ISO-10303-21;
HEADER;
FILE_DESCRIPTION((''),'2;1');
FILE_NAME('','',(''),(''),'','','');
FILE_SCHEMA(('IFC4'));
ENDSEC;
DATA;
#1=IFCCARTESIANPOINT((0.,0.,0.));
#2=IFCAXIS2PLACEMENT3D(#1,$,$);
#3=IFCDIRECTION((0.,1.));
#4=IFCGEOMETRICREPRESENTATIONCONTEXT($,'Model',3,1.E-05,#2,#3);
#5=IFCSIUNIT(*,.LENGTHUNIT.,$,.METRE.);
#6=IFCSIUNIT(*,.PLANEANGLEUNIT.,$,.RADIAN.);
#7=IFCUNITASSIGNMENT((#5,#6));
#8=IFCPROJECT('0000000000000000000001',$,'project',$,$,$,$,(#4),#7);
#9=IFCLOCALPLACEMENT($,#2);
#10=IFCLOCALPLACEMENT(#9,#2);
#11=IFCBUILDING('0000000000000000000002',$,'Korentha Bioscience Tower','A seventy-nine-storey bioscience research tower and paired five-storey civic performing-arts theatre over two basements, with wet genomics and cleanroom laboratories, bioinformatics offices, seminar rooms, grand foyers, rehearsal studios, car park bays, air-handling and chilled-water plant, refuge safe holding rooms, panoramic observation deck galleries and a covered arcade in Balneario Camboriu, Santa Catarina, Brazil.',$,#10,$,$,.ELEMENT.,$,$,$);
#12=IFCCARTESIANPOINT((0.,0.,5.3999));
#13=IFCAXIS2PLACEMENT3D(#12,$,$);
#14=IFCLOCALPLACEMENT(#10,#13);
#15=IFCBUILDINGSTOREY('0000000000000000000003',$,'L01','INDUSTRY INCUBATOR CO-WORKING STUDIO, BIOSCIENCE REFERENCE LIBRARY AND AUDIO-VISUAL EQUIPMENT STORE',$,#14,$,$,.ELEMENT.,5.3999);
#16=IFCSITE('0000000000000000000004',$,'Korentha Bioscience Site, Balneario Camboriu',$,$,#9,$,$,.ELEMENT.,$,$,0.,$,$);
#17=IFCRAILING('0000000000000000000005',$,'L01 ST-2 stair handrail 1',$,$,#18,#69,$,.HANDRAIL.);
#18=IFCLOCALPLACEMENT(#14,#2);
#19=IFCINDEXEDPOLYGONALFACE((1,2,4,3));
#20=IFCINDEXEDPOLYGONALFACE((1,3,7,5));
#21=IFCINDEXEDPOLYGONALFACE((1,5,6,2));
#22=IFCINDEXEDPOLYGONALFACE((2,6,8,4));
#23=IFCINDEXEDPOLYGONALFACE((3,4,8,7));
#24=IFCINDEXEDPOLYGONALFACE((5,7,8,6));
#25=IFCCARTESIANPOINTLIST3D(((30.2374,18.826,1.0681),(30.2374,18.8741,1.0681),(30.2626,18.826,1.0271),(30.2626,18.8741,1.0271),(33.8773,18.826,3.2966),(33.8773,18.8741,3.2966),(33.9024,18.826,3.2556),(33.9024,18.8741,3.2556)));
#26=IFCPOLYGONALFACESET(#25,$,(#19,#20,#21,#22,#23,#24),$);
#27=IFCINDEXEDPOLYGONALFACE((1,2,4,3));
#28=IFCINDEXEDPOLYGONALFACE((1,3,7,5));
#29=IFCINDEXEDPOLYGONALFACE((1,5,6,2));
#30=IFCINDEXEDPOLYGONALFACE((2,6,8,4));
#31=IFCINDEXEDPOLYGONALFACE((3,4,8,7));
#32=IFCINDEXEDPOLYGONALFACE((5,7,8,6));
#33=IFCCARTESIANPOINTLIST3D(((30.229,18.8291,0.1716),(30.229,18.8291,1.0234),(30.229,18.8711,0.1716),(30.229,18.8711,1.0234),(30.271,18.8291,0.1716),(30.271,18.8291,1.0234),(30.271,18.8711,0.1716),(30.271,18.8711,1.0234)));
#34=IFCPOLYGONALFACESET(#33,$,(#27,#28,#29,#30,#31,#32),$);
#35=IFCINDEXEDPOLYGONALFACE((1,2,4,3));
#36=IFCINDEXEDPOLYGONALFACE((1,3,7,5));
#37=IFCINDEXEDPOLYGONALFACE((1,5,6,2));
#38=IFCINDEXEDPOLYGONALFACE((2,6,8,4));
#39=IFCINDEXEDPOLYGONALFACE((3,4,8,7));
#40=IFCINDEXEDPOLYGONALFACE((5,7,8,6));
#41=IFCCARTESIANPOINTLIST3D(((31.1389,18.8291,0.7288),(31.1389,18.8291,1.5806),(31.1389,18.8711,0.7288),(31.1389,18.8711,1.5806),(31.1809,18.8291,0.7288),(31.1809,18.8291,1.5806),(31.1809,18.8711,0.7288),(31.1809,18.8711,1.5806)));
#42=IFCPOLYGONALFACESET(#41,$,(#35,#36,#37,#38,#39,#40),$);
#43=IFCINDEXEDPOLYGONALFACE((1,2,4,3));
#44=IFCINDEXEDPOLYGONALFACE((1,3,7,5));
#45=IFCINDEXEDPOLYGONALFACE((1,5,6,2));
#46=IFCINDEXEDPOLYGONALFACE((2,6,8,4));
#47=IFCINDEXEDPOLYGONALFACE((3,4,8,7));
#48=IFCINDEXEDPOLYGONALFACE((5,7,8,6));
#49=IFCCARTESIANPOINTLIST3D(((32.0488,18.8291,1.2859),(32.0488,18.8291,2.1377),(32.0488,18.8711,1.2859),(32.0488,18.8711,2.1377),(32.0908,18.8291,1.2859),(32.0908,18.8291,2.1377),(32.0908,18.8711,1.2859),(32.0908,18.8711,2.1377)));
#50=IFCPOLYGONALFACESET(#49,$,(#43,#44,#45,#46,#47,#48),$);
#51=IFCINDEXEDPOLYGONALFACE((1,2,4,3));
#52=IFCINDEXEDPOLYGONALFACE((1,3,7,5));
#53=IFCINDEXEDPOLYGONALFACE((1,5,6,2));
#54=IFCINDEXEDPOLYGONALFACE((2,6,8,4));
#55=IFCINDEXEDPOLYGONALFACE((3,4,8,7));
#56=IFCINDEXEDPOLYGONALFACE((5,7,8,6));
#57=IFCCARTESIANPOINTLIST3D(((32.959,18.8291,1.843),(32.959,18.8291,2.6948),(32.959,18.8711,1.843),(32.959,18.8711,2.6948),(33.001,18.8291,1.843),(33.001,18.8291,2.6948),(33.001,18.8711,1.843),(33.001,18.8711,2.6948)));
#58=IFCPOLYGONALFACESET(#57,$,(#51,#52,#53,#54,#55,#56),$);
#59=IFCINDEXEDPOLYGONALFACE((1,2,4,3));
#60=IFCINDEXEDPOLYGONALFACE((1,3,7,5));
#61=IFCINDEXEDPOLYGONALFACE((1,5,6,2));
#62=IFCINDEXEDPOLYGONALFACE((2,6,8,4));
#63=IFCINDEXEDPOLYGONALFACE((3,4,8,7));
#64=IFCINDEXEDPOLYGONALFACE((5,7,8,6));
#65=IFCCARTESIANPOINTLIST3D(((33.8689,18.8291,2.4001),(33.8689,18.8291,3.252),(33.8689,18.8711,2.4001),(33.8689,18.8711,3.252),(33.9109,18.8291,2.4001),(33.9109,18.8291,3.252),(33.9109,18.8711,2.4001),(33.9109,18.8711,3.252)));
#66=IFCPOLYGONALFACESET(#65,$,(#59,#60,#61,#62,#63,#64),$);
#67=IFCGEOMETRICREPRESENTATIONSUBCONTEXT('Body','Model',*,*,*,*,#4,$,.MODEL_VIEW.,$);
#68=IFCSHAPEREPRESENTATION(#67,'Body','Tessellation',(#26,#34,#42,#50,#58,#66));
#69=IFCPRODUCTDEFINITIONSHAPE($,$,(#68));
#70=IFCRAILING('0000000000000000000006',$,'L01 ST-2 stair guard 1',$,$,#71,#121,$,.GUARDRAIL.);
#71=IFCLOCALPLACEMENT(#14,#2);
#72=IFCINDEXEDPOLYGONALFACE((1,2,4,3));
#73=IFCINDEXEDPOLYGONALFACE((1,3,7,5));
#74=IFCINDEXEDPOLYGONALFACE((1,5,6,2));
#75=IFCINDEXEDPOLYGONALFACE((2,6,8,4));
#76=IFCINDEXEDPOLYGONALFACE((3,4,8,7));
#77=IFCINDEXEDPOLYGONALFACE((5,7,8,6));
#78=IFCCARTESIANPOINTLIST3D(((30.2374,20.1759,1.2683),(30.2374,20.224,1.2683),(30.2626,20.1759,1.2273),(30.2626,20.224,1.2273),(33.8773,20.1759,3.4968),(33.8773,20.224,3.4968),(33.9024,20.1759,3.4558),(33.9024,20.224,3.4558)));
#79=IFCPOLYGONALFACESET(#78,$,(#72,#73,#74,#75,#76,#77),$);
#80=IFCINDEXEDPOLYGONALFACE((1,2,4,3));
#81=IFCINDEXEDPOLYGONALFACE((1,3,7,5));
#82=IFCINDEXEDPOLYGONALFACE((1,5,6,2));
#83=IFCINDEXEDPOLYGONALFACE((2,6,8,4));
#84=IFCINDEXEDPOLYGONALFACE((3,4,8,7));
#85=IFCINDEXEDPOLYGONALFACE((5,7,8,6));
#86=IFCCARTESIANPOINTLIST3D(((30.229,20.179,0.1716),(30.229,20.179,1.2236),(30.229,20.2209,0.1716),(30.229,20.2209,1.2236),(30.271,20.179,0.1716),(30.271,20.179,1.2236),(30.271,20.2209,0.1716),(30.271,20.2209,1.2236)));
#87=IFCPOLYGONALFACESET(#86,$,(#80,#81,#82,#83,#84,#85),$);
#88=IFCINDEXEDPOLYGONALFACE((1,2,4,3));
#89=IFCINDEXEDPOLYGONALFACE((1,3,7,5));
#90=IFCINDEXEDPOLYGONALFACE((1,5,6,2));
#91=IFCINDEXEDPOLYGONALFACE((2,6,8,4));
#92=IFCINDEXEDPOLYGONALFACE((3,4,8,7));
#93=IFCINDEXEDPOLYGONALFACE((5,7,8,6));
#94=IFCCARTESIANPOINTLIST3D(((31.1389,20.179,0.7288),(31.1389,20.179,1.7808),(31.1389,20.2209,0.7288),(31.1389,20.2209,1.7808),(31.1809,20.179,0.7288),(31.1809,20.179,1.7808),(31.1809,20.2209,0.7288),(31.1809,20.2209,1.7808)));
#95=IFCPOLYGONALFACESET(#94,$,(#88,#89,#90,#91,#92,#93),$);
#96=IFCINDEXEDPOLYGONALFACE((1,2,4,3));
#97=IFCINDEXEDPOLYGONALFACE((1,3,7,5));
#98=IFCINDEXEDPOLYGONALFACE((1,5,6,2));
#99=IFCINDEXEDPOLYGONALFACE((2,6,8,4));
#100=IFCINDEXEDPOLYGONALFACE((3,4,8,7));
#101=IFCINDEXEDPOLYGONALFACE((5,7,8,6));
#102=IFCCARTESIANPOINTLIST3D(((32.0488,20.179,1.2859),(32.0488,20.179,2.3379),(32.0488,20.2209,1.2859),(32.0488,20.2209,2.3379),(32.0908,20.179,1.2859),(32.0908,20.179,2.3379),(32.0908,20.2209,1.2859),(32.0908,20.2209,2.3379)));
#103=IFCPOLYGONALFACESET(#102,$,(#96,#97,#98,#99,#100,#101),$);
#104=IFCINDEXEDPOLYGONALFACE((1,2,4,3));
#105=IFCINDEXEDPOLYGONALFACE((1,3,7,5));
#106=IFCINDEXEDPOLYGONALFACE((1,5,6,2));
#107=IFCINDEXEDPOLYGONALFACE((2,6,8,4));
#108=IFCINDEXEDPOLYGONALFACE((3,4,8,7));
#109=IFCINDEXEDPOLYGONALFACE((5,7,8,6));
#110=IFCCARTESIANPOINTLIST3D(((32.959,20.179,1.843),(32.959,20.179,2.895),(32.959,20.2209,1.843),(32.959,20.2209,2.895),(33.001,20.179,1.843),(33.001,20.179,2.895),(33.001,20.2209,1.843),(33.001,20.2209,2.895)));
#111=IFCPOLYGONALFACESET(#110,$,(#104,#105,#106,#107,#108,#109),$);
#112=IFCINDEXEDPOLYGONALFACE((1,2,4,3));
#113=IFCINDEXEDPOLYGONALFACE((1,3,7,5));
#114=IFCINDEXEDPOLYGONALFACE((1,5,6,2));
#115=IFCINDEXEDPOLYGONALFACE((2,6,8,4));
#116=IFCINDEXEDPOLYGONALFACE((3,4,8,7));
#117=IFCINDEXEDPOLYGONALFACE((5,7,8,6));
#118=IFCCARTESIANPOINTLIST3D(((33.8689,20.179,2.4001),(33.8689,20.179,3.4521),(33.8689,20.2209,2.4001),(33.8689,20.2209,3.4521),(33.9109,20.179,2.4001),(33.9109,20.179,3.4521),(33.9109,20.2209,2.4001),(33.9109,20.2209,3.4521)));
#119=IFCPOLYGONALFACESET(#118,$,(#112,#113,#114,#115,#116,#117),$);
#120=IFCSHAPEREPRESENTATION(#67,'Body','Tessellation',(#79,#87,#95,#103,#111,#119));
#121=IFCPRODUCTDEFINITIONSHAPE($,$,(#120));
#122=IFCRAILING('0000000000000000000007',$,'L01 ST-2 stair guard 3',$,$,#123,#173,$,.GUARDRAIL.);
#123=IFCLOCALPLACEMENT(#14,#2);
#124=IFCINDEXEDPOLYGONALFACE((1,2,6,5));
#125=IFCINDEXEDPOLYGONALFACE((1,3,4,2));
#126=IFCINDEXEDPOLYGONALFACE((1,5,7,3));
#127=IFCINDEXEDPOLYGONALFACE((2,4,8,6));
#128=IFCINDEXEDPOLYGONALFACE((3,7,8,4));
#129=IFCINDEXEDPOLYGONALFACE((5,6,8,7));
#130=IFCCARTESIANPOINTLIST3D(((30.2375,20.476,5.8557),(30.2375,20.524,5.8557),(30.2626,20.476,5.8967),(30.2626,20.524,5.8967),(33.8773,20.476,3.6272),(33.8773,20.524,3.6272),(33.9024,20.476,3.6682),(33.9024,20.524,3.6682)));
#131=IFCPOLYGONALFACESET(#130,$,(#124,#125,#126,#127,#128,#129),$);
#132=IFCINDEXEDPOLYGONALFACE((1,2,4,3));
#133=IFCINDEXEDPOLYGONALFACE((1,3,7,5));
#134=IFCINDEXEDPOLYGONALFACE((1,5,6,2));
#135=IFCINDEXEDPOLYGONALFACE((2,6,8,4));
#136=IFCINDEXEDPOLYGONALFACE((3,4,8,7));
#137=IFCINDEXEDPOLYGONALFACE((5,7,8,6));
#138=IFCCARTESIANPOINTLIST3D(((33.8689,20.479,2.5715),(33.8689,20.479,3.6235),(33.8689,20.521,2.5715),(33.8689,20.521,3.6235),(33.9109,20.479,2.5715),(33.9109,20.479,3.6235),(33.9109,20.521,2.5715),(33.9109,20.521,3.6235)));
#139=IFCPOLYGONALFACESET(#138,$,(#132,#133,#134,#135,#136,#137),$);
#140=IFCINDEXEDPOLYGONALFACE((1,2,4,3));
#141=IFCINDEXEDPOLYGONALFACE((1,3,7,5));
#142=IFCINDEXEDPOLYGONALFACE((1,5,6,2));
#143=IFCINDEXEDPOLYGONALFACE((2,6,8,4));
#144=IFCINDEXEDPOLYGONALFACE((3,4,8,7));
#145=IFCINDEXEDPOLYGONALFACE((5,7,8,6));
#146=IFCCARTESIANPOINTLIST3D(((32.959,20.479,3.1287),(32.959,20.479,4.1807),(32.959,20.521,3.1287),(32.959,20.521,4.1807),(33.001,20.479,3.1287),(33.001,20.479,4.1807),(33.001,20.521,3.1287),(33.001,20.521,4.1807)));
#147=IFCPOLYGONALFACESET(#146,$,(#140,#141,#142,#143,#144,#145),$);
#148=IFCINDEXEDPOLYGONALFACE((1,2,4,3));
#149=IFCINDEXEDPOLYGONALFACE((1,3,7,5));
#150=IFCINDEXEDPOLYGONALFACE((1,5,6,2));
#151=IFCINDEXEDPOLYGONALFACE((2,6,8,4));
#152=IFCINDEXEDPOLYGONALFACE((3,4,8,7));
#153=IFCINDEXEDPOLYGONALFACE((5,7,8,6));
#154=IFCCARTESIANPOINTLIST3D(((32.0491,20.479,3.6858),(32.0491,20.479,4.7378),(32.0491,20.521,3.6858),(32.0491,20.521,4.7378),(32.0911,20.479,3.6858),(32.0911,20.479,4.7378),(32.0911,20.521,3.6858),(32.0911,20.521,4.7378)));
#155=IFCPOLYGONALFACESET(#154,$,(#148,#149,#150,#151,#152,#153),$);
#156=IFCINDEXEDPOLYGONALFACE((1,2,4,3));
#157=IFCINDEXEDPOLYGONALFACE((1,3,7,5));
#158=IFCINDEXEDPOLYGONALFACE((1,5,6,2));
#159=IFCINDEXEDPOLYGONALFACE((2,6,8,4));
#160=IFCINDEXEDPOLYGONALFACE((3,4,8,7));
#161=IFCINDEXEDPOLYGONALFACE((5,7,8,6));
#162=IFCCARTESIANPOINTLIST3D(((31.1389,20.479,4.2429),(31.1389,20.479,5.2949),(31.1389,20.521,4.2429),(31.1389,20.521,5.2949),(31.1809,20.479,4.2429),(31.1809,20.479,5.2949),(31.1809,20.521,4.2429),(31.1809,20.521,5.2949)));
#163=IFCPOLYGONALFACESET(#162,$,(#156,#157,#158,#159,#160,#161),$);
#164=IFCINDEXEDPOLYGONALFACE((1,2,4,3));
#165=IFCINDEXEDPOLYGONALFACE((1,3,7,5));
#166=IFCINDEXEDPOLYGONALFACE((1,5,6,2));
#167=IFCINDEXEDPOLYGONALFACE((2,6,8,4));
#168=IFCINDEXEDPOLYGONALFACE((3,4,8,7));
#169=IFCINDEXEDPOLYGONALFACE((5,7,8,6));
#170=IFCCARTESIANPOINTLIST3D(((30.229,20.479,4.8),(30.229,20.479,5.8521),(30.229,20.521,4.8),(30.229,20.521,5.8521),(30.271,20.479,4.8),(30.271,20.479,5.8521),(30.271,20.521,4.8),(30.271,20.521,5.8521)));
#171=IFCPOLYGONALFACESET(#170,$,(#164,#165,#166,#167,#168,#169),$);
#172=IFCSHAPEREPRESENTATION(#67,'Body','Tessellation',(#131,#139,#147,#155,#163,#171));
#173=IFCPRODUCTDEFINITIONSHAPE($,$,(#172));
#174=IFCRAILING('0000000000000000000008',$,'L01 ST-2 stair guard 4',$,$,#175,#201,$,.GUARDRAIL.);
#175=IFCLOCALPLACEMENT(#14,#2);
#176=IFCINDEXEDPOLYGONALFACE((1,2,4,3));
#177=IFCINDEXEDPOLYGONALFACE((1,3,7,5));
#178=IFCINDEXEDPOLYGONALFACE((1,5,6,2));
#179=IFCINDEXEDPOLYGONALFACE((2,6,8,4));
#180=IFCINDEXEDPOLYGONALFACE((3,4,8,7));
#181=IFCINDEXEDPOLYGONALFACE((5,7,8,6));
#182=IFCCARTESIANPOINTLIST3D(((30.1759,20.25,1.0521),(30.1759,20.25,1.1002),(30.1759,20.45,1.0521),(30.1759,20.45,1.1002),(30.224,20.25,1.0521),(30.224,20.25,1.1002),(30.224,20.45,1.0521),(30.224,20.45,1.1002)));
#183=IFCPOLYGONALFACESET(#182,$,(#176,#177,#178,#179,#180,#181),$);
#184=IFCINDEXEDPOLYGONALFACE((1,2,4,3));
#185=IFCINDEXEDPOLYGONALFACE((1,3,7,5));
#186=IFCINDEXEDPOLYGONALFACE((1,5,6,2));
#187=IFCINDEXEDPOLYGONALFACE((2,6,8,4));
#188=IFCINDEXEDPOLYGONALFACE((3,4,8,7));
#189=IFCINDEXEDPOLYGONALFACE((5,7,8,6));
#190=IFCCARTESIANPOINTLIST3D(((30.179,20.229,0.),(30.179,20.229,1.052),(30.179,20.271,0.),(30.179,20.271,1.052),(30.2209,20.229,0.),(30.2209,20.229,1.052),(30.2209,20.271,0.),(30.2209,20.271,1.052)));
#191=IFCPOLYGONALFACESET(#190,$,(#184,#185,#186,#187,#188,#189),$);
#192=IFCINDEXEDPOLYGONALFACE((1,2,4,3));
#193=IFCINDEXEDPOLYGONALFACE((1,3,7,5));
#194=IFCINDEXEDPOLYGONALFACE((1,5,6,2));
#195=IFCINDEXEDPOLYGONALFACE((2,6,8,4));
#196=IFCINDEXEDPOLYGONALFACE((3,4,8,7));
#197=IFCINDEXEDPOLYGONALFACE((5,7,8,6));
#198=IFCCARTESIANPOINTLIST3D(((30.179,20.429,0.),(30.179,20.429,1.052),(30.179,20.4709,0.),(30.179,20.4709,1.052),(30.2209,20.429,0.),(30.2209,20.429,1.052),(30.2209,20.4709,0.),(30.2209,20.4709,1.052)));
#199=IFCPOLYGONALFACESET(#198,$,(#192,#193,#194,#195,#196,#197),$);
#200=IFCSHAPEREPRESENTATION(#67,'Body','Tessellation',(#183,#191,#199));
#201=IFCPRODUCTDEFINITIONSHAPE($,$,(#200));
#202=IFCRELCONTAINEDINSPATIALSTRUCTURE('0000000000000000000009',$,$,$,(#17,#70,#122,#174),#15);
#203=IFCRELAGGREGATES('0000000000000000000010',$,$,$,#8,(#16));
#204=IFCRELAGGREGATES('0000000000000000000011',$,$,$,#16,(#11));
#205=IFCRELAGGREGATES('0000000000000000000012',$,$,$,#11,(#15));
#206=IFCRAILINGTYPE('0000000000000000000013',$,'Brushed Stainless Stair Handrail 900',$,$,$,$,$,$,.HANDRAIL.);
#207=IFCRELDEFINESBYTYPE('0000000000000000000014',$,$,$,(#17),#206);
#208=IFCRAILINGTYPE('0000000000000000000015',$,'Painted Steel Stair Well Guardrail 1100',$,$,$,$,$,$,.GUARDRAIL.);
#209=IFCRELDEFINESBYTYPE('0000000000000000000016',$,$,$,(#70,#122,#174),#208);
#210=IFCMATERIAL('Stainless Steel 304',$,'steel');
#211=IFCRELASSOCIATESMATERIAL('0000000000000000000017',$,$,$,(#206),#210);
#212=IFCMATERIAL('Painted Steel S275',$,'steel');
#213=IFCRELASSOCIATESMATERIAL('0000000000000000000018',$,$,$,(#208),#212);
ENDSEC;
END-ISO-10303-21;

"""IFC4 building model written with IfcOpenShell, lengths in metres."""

from ifc_helpers import new_model, si_unit, direction, frame, origin, origin_2d, place, context, subcontext, project, spatial, rectangle, extrude, material, type_object, element, save


model = new_model("IFC4")

# Units and contexts
model_context = context("Model", 3, precision=1e-05, world=origin(), true_north=direction((0.0, 1.0)))
body_context = subcontext(model_context, "Body", "Model", "MODEL_VIEW")
ifc_project = project(units=[si_unit("LENGTHUNIT", "METRE"), si_unit("PLANEANGLEUNIT", "RADIAN")], contexts=[model_context])

# Site, building, storey
site_placement = place(None, origin())
site = spatial("IfcSite", under=ifc_project, at=site_placement, Name="Korentha Bioscience Site, Balneario Camboriu", CompositionType="ELEMENT", RefElevation=0.0)
building_placement = place(site_placement, origin())
building = spatial("IfcBuilding", under=site, at=building_placement, Name="Korentha Bioscience Tower", Description="A seventy-nine-storey bioscience research tower and paired five-storey civic performing-arts theatre over two basements, with wet genomics and cleanroom laboratories, bioinformatics offices, seminar rooms, grand foyers, rehearsal studios, car park bays, air-handling and chilled-water plant, refuge safe holding rooms, panoramic observation deck galleries and a covered arcade in Balneario Camboriu, Santa Catarina, Brazil.", CompositionType="ELEMENT")
storey_placement = place(building_placement, frame((0.0, 0.0, 5.3999)))
storey = spatial("IfcBuildingStorey", under=building, at=storey_placement, Name="L01", Description="INDUSTRY INCUBATOR CO-WORKING STUDIO, BIOSCIENCE REFERENCE LIBRARY AND AUDIO-VISUAL EQUIPMENT STORE", CompositionType="ELEMENT", Elevation=5.3999)

# Railings
ifc_material_1 = material(Name="Stainless Steel 304", Category="steel")
railing_type_1 = type_object("IfcRailingType", Name="Brushed Stainless Stair Handrail 900", PredefinedType="HANDRAIL", material=ifc_material_1)
railing_1_placement = place(storey_placement, frame((30.25, 18.8501, 0.1716)))
element("IfcRailing", 1, at=railing_1_placement, inside=storey, type_object=railing_type_1, Name="L01 ST-2 stair handrail 1", PredefinedType="HANDRAIL", context=body_context, shape_type="SweptSolid", body=[
    extrude(rectangle(XDim=0.0481, YDim=0.0481, at=origin_2d()), frame((0.0, 0.0, 0.876), z_axis=(0.85285, 0.0, 0.522156), x_axis=(0.0, 1.0, 0.0)), (0.0, 0.0, 1.0), 4.2678),
    extrude(rectangle(XDim=0.042, YDim=0.042, at=origin_2d()), origin(), (0.0, 0.0, 1.0), 0.8518),
    extrude(rectangle(XDim=0.042, YDim=0.042, at=origin_2d()), frame((0.9099, 0.0, 0.5571)), (0.0, 0.0, 1.0), 0.8518),
    extrude(rectangle(XDim=0.042, YDim=0.042, at=origin_2d()), frame((1.8198, 0.0, 1.1143)), (0.0, 0.0, 1.0), 0.8518),
    extrude(rectangle(XDim=0.042, YDim=0.042, at=origin_2d()), frame((2.73, 0.0, 1.6714)), (0.0, 0.0, 1.0), 0.8518),
    extrude(rectangle(XDim=0.042, YDim=0.042, at=origin_2d()), frame((3.6399, 0.0, 2.2285)), (0.0, 0.0, 1.0), 0.8518),
])
ifc_material_2 = material(Name="Painted Steel S275", Category="steel")
railing_type_2 = type_object("IfcRailingType", Name="Painted Steel Stair Well Guardrail 1100", PredefinedType="GUARDRAIL", material=ifc_material_2)
railing_2_placement = place(storey_placement, frame((30.25, 20.2, 0.1716)))
element("IfcRailing", 2, at=railing_2_placement, inside=storey, type_object=railing_type_2, Name="L01 ST-2 stair guard 1", PredefinedType="GUARDRAIL", context=body_context, shape_type="SweptSolid", body=[
    extrude(rectangle(XDim=0.0481, YDim=0.0481, at=origin_2d()), frame((0.0, 0.0, 1.0762), z_axis=(0.85285, 0.0, 0.522156), x_axis=(0.0, 1.0, 0.0)), (0.0, 0.0, 1.0), 4.2678),
    extrude(rectangle(XDim=0.042, YDim=0.042, at=origin_2d()), origin(), (0.0, 0.0, 1.0), 1.052),
    extrude(rectangle(XDim=0.042, YDim=0.042, at=origin_2d()), frame((0.9099, 0.0, 0.5571)), (0.0, 0.0, 1.0), 1.052),
    extrude(rectangle(XDim=0.042, YDim=0.042, at=origin_2d()), frame((1.8198, 0.0, 1.1143)), (0.0, 0.0, 1.0), 1.052),
    extrude(rectangle(XDim=0.042, YDim=0.042, at=origin_2d()), frame((2.73, 0.0, 1.6714)), (0.0, 0.0, 1.0), 1.052),
    extrude(rectangle(XDim=0.042, YDim=0.042, at=origin_2d()), frame((3.6399, 0.0, 2.2285)), (0.0, 0.0, 1.0), 1.052),
])
railing_3_placement = place(storey_placement, frame((33.8899, 20.5, 2.5715)))
element("IfcRailing", 3, at=railing_3_placement, inside=storey, type_object=railing_type_2, Name="L01 ST-2 stair guard 3", PredefinedType="GUARDRAIL", context=body_context, shape_type="SweptSolid", body=[
    extrude(rectangle(XDim=0.0481, YDim=0.0481, at=origin_2d()), frame((0.0, 0.0, 1.0762), z_axis=(-0.85285, 0.0, 0.522156), x_axis=(0.0, -1.0, 0.0)), (0.0, 0.0, 1.0), 4.2678),
    extrude(rectangle(XDim=0.042, YDim=0.042, at=origin_2d()), origin(), (0.0, 0.0, 1.0), 1.052),
    extrude(rectangle(XDim=0.042, YDim=0.042, at=origin_2d()), frame((-0.9099, 0.0, 0.5571)), (0.0, 0.0, 1.0), 1.052),
    extrude(rectangle(XDim=0.042, YDim=0.042, at=origin_2d()), frame((-1.8198, 0.0, 1.1143)), (0.0, 0.0, 1.0), 1.052),
    extrude(rectangle(XDim=0.042, YDim=0.042, at=origin_2d()), frame((-2.73, 0.0, 1.6714)), (0.0, 0.0, 1.0), 1.052),
    extrude(rectangle(XDim=0.042, YDim=0.042, at=origin_2d()), frame((-3.6399, 0.0, 2.2285)), (0.0, 0.0, 1.0), 1.052),
])
railing_4_placement = place(storey_placement, frame((30.2, 20.25, 0.0)))
element("IfcRailing", 4, at=railing_4_placement, inside=storey, type_object=railing_type_2, Name="L01 ST-2 stair guard 4", PredefinedType="GUARDRAIL", context=body_context, shape_type="SweptSolid", body=[
    extrude(rectangle(XDim=0.0481, YDim=0.0481, at=origin_2d()), frame((0.0, 0.0, 1.0762), z_axis=(0.0, 1.0, 0.0), x_axis=(-1.0, 0.0, 0.0)), (0.0, 0.0, 1.0), 0.2),
    extrude(rectangle(XDim=0.042, YDim=0.042, at=origin_2d()), origin(), (0.0, 0.0, 1.0), 1.052),
    extrude(rectangle(XDim=0.042, YDim=0.042, at=origin_2d()), frame((0.0, 0.2, 0.0)), (0.0, 0.0, 1.0), 1.052),
])

save(model, "model.ifc")
